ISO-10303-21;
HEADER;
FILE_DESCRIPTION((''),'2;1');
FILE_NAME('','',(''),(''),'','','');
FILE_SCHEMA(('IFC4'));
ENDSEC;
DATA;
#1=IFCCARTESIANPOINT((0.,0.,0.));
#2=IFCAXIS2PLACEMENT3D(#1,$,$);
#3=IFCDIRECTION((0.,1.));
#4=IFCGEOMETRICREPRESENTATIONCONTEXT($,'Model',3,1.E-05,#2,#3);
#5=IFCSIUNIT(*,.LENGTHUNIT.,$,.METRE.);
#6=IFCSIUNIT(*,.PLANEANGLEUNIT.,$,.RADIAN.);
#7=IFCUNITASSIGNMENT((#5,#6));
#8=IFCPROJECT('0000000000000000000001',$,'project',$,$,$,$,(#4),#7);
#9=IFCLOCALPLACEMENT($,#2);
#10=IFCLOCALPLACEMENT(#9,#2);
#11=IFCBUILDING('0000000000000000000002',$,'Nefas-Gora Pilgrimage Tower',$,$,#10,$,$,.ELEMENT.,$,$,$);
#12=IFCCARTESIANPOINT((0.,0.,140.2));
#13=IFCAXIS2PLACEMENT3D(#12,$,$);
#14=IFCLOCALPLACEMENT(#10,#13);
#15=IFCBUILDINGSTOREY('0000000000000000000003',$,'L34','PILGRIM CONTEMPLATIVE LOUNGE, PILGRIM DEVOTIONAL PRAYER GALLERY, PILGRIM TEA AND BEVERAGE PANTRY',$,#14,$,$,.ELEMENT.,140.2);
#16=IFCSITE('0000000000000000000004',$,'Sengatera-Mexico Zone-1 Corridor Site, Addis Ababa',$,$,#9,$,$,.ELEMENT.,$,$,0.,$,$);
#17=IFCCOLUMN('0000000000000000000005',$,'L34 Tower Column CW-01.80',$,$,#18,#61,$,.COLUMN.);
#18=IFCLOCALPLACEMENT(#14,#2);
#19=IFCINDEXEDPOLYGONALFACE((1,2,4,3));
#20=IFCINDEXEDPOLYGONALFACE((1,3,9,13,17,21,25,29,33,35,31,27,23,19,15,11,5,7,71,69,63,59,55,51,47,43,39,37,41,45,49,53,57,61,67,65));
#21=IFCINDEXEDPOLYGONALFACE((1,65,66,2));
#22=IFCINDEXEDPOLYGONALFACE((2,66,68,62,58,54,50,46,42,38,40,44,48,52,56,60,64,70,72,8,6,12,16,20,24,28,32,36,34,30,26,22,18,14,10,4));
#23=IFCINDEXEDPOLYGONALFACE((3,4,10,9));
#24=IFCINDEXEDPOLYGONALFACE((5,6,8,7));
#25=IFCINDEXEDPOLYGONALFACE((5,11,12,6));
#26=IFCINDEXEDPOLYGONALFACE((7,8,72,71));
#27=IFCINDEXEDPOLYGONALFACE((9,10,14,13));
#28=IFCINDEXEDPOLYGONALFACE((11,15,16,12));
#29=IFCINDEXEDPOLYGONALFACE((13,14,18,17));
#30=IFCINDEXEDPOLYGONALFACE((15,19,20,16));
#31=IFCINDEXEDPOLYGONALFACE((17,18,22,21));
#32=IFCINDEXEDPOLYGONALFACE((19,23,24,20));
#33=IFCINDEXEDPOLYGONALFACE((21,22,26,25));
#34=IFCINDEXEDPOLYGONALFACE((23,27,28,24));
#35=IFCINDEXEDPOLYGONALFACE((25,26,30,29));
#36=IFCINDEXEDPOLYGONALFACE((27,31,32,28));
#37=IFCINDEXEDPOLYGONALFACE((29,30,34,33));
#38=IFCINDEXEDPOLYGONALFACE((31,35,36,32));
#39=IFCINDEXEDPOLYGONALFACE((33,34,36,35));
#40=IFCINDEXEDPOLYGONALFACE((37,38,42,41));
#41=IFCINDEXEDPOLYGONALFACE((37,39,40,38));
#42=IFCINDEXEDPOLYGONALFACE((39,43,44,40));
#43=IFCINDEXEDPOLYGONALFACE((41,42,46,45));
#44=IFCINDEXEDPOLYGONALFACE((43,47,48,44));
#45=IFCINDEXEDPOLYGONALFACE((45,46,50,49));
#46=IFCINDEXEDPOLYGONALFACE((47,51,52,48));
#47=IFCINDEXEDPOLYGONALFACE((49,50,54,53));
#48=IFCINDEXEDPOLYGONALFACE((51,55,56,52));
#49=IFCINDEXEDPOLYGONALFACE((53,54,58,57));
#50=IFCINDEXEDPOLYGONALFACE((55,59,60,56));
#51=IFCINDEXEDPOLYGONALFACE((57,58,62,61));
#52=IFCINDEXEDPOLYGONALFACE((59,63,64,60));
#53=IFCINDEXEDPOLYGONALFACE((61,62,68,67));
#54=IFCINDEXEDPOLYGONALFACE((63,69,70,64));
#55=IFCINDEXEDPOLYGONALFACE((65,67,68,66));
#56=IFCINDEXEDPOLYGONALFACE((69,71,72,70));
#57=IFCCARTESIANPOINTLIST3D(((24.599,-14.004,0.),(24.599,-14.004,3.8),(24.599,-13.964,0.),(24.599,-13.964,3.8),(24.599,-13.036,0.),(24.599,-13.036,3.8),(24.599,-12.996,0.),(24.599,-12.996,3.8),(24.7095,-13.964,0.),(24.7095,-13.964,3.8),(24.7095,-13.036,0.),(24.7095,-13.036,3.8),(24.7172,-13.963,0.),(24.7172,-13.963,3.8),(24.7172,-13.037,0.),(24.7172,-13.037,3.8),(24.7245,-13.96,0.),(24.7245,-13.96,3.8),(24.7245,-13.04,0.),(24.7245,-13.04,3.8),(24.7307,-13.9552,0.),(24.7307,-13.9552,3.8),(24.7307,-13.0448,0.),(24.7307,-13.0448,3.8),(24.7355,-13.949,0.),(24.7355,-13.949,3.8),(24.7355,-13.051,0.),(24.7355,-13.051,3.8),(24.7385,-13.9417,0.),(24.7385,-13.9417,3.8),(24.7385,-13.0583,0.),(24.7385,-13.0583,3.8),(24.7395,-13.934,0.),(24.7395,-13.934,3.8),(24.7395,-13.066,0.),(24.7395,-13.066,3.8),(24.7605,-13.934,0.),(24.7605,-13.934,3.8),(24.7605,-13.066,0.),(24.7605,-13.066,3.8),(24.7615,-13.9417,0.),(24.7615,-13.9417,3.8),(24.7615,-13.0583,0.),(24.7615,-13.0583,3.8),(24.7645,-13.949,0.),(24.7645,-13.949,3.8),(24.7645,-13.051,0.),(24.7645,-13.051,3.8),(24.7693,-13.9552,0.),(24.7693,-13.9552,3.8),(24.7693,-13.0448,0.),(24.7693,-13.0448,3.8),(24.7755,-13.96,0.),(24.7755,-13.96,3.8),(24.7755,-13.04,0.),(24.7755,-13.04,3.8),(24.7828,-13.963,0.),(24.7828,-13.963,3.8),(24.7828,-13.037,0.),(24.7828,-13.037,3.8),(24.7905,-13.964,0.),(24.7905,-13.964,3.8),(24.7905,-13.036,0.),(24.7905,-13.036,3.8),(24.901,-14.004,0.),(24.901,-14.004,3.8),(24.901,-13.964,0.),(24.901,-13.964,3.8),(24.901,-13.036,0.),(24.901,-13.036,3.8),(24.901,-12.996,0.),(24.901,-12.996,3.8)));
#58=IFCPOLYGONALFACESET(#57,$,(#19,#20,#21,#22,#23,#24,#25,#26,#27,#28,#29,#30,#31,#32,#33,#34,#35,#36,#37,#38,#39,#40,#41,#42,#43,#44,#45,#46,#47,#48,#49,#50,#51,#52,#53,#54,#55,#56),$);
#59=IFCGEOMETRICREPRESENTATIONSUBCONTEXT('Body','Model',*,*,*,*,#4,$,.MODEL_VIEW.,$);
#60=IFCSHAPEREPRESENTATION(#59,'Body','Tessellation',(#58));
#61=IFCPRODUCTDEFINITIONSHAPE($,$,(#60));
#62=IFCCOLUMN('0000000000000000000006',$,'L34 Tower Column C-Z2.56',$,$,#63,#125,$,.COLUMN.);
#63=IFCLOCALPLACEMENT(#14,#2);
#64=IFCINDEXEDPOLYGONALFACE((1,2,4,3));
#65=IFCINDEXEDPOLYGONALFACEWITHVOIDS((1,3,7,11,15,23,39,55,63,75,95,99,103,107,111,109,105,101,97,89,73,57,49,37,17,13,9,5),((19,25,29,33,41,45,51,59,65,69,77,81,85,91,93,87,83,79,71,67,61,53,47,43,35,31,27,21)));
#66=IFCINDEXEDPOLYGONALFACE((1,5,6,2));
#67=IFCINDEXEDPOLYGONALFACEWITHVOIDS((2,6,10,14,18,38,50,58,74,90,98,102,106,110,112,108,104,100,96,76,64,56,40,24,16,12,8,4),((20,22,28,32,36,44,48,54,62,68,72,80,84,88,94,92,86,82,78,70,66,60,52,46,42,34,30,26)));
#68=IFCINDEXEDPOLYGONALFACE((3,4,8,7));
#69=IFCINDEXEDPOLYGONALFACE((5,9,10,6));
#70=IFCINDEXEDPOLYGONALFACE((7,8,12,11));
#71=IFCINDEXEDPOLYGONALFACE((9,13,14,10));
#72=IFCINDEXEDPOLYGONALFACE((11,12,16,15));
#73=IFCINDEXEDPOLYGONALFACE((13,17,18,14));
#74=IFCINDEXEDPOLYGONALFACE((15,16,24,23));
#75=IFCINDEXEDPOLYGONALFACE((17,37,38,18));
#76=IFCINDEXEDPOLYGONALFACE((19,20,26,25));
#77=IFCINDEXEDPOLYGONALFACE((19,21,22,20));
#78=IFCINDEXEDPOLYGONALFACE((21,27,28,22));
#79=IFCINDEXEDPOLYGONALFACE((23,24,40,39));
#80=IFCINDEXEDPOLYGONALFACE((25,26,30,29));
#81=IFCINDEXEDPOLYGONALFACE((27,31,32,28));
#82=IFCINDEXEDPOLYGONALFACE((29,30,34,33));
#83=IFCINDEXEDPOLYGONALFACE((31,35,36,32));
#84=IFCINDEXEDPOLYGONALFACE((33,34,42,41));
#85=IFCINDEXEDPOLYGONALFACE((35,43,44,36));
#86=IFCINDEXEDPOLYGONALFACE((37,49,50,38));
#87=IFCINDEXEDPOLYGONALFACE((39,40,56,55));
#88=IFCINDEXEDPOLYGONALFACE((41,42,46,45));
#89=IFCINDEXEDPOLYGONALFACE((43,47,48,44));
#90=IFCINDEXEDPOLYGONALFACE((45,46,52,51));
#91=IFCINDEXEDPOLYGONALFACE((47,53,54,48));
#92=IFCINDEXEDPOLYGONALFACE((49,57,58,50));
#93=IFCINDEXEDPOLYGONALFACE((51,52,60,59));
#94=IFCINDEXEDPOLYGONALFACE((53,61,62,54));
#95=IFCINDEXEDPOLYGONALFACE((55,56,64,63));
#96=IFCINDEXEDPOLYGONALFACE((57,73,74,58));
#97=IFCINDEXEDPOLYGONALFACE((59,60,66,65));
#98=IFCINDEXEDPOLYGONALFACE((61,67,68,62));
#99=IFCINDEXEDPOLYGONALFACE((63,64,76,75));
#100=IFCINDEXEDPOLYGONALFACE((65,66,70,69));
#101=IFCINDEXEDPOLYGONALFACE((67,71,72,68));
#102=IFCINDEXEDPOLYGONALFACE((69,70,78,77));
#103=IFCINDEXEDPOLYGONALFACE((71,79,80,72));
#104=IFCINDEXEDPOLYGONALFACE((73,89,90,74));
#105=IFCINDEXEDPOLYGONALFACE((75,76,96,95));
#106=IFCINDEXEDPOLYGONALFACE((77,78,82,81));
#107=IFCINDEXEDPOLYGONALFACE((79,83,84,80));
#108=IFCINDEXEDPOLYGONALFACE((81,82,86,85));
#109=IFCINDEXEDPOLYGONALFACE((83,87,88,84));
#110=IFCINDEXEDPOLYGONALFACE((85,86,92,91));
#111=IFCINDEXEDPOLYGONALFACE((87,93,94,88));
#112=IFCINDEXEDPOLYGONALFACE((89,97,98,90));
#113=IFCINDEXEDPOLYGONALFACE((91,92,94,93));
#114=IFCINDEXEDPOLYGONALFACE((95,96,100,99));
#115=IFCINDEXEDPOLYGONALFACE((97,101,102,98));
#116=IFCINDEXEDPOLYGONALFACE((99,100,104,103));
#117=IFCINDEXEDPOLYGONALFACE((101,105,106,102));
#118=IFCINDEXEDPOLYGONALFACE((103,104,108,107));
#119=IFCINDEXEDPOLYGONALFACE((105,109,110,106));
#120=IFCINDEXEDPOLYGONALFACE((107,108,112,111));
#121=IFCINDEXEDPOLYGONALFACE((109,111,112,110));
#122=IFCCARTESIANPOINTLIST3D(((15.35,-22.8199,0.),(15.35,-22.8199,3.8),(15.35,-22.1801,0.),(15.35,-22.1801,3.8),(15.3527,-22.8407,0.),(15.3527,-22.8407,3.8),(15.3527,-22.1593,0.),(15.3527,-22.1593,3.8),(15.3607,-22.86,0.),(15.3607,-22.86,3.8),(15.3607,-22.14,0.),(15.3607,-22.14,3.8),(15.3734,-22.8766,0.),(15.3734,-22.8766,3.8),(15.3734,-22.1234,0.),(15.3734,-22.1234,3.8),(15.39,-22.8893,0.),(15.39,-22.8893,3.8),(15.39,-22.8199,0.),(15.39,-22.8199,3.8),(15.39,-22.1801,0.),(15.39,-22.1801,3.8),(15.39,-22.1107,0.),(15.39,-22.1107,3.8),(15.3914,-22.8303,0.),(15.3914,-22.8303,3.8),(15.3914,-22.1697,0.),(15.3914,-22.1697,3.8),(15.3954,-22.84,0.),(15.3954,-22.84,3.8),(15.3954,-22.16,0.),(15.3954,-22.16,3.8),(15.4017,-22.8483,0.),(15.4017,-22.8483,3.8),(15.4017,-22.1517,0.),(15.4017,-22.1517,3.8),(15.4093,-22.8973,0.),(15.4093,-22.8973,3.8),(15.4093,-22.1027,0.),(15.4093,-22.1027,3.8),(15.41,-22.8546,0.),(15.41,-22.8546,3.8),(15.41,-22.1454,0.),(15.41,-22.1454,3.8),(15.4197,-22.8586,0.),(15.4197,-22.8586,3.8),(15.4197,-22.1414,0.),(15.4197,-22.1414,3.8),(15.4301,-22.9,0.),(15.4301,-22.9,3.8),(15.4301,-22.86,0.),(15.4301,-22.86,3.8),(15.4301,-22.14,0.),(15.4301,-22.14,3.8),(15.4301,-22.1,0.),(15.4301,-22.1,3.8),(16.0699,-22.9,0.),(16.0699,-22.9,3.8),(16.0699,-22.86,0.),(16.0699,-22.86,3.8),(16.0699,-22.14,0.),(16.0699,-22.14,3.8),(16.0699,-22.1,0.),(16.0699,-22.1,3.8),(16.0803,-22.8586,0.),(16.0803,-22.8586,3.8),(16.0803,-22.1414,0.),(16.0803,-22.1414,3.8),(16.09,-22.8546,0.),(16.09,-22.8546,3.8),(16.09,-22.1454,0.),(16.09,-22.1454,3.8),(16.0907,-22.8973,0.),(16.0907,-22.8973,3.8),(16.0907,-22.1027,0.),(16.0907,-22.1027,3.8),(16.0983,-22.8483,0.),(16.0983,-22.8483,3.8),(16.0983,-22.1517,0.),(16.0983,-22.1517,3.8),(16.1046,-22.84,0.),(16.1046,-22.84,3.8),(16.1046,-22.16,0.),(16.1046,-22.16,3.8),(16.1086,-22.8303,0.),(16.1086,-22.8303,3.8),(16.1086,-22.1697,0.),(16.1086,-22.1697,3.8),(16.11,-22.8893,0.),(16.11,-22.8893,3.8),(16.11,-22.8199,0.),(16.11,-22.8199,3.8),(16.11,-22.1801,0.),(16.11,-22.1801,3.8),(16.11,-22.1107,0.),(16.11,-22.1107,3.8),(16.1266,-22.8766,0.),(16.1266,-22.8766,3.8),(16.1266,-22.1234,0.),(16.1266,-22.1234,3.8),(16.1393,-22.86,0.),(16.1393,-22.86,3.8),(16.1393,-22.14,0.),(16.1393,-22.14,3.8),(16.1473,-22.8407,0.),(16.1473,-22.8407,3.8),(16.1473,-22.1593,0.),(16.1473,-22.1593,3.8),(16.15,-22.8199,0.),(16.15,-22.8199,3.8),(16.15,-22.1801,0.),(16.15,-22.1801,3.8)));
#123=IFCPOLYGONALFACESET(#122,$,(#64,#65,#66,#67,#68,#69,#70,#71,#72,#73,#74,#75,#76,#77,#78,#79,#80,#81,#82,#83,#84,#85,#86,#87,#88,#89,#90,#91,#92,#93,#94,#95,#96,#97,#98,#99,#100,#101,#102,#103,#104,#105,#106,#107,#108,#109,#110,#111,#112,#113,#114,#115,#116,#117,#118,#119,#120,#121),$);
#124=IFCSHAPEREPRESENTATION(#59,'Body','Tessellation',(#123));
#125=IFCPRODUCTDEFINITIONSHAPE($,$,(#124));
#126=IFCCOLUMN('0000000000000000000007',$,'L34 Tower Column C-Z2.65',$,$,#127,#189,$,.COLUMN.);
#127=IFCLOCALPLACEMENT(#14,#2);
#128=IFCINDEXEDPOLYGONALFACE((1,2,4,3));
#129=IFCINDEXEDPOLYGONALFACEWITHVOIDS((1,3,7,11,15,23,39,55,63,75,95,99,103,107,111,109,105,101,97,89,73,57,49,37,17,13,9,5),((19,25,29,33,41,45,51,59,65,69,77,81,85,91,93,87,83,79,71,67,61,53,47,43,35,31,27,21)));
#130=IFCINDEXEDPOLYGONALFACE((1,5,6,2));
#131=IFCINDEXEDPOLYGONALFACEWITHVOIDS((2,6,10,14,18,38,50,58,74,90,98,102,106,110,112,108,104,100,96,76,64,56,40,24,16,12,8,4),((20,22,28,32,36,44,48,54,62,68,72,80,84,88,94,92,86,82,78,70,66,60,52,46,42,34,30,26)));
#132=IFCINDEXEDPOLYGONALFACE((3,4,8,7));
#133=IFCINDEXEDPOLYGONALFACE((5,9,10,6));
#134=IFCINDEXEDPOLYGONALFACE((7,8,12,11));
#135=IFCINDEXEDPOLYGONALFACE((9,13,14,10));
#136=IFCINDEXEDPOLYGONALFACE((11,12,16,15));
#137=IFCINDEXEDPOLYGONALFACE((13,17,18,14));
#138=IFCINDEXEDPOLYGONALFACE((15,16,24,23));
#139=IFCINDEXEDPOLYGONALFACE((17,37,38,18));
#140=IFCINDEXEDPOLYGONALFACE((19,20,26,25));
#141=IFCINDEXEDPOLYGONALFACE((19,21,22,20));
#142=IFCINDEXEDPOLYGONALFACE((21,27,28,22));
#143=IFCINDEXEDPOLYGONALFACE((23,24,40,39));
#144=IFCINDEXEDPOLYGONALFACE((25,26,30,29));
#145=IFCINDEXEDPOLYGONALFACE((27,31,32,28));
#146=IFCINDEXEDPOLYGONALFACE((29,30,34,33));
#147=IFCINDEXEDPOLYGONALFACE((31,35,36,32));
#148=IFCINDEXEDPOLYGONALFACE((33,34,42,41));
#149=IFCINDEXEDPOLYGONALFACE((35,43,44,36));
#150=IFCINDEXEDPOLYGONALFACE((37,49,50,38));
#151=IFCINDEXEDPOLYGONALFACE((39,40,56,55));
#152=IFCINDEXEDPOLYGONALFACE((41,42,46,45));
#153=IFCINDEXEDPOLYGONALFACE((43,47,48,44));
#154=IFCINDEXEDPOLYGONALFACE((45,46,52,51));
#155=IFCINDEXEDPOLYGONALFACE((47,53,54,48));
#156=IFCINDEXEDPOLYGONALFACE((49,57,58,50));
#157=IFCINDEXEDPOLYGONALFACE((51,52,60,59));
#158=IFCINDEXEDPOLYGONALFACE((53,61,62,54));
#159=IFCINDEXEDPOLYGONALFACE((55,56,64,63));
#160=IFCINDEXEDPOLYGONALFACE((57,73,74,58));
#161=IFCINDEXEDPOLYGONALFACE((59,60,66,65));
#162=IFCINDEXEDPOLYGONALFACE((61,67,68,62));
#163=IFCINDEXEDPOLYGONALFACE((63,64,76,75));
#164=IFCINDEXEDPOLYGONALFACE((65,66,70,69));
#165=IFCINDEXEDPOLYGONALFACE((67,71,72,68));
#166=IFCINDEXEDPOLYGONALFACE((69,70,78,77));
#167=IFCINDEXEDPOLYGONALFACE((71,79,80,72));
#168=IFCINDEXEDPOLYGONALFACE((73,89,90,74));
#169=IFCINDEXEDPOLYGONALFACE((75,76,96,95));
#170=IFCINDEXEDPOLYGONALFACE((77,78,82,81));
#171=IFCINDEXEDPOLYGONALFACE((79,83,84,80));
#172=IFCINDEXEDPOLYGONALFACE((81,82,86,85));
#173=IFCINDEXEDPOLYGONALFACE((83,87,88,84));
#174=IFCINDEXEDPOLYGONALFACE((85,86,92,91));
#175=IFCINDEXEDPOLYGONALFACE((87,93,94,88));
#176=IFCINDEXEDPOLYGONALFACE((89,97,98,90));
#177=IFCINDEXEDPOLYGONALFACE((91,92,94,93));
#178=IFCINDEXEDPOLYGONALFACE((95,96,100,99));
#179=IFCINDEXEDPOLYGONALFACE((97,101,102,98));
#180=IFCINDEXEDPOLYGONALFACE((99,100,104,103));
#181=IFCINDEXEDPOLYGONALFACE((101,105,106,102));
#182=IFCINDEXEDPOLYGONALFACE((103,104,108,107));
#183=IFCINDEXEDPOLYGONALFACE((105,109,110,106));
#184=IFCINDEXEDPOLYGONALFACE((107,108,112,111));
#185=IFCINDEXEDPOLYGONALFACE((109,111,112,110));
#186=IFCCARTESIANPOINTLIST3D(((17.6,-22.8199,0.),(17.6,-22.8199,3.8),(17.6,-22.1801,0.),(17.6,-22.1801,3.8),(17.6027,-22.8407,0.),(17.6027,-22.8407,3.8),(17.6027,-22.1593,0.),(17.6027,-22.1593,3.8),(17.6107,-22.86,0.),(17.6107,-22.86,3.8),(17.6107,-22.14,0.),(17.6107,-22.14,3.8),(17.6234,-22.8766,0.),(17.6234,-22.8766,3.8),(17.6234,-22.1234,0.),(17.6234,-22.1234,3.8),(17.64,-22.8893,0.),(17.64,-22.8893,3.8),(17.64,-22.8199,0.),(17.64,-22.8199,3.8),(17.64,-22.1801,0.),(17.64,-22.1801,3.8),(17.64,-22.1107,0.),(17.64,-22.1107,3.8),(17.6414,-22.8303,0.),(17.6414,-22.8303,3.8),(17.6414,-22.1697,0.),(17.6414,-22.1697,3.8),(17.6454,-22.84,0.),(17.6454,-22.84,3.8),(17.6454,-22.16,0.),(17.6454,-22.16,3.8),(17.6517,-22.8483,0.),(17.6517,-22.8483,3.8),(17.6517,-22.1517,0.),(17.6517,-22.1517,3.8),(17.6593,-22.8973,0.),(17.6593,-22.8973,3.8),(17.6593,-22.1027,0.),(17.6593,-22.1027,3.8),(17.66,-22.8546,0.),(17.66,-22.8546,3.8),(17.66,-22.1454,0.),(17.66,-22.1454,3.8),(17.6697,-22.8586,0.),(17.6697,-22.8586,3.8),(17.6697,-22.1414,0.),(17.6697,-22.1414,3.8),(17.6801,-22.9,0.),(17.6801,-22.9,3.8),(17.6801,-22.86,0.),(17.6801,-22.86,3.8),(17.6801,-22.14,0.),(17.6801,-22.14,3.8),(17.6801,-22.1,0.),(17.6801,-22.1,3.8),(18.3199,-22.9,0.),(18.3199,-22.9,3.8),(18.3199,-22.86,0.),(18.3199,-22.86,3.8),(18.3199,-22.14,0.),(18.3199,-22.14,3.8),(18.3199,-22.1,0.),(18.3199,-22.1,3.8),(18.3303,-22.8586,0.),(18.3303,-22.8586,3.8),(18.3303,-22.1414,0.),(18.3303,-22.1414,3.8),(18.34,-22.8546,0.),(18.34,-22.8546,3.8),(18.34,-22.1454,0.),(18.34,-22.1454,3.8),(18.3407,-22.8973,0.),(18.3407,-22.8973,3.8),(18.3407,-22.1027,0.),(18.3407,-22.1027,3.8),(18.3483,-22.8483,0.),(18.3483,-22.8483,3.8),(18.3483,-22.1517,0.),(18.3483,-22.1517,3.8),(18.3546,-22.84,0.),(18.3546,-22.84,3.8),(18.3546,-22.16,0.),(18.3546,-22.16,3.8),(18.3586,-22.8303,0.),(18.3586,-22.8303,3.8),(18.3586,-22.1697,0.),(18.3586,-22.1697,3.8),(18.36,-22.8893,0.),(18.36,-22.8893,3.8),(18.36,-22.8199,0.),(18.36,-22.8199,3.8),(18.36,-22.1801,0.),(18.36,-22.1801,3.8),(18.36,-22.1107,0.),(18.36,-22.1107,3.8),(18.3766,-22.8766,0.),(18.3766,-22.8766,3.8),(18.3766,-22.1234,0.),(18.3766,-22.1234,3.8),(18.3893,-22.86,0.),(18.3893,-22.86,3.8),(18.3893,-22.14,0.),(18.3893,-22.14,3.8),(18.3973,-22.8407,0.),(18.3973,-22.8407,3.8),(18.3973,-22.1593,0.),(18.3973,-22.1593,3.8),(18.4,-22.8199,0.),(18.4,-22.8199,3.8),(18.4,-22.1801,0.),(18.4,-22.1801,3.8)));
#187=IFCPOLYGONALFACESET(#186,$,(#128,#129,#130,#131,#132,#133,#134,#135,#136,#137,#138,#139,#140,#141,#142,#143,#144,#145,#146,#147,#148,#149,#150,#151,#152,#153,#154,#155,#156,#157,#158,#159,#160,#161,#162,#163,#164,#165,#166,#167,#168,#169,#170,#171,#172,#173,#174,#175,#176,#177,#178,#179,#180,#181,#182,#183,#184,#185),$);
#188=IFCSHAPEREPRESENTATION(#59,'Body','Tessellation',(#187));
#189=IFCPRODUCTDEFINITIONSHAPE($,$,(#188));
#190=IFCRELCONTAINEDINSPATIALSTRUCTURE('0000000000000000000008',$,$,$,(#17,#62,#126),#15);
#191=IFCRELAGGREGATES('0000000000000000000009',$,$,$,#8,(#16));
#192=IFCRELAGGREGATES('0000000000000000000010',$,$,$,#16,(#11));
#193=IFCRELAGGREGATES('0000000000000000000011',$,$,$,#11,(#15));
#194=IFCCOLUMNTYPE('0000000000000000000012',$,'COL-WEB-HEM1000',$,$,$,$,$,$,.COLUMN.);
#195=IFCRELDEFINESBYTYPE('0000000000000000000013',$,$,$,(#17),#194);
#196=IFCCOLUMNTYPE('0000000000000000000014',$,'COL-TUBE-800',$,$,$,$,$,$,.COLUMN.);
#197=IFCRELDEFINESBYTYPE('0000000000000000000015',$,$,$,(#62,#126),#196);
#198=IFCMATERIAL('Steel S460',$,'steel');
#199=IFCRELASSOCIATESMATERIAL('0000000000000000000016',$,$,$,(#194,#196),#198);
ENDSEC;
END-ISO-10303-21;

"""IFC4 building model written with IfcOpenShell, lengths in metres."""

from ifc_helpers import new_model, si_unit, direction, frame, origin, origin_2d, place, context, subcontext, project, spatial, hollow_rectangle, i_section, extrude, source, transform, mapped, material, material_profile, profile_set, type_object, element, save


model = new_model("IFC4")

# Units and contexts
model_context = context("Model", 3, precision=1e-05, world=origin(), true_north=direction((0.0, 1.0)))
body_context = subcontext(model_context, "Body", "Model", "MODEL_VIEW")
ifc_project = project(units=[si_unit("LENGTHUNIT", "METRE"), si_unit("PLANEANGLEUNIT", "RADIAN")], contexts=[model_context])

# Site, building, storey
site_placement = place(None, origin())
site = spatial("IfcSite", under=ifc_project, at=site_placement, Name="Sengatera-Mexico Zone-1 Corridor Site, Addis Ababa", CompositionType="ELEMENT", RefElevation=0.0)
building_placement = place(site_placement, origin())
building = spatial("IfcBuilding", under=site, at=building_placement, Name="Nefas-Gora Pilgrimage Tower", CompositionType="ELEMENT")
storey_placement = place(building_placement, frame((0.0, 0.0, 140.2)))
storey = spatial("IfcBuildingStorey", under=building, at=storey_placement, Name="L34", Description="PILGRIM CONTEMPLATIVE LOUNGE, PILGRIM DEVOTIONAL PRAYER GALLERY, PILGRIM TEA AND BEVERAGE PANTRY", CompositionType="ELEMENT", Elevation=140.2)

# Columns
ifc_material_1 = material(Name="Steel S460", Category="steel")
ifc_material_profile_1 = material_profile(ifc_material_1, i_section(OverallWidth=0.302, OverallDepth=1.0081, WebThickness=0.021, FlangeThickness=0.04, FilletRadius=0.03, at=origin_2d()), Name="HEM 1000")
ifc_profile_set_1 = profile_set([ifc_material_profile_1], Name="Steel S460")
column_type_1 = type_object("IfcColumnType", Name="COL-WEB-HEM1000", PredefinedType="COLUMN", material=ifc_profile_set_1)
shared_shape_1 = source(origin(), body_context, "Body", "SweptSolid", [
    extrude(i_section(OverallWidth=0.302, OverallDepth=1.0081, WebThickness=0.021, FlangeThickness=0.04, FilletRadius=0.03, at=origin_2d()), origin(), (0.0, 0.0, 1.0), 3.8),
])
for number, where, z_axis, x_axis, name in (
    (1, (24.75, -13.5, 0.0), (0.0, 0.0, 1.0), (1.0, 0.0, 0.0), "L34 Tower Column CW-01.80"),
):
    element("IfcColumn", number, at=place(storey_placement, frame(where, z_axis=z_axis, x_axis=x_axis)), inside=storey, type_object=column_type_1, Name=name, PredefinedType="COLUMN", context=body_context, shape_type="MappedRepresentation", body=[
        mapped(shared_shape_1, transform((0.0, 0.0, 0.0), x_axis=(1.0, 0.0, 0.0), y_axis=(0.0, 1.0, 0.0), z_axis=(0.0, 0.0, 1.0), scale=1.0)),
    ])
ifc_material_profile_2 = material_profile(ifc_material_1, hollow_rectangle(XDim=0.8, YDim=0.8, WallThickness=0.04, InnerFilletRadius=0.04, OuterFilletRadius=0.0801, at=origin_2d()), Name="BOX 800x800x40")
ifc_profile_set_2 = profile_set([ifc_material_profile_2], Name="Steel S460")
column_type_2 = type_object("IfcColumnType", Name="COL-TUBE-800", PredefinedType="COLUMN", material=ifc_profile_set_2)
shared_shape_2 = source(origin(), body_context, "Body", "SweptSolid", [
    extrude(hollow_rectangle(XDim=0.8, YDim=0.8, WallThickness=0.04, InnerFilletRadius=0.04, OuterFilletRadius=0.0801, at=origin_2d()), origin(), (0.0, 0.0, 1.0), 3.8),
])
for number, where, z_axis, x_axis, name in (
    (2, (15.75, -22.5, 0.0), (0.0, 0.0, 1.0), (1.0, 0.0, 0.0), "L34 Tower Column C-Z2.56"),
    (3, (18.0, -22.5, 0.0), (0.0, 0.0, 1.0), (1.0, 0.0, 0.0), "L34 Tower Column C-Z2.65"),
):
    element("IfcColumn", number, at=place(storey_placement, frame(where, z_axis=z_axis, x_axis=x_axis)), inside=storey, type_object=column_type_2, Name=name, PredefinedType="COLUMN", context=body_context, shape_type="MappedRepresentation", body=[
        mapped(shared_shape_2, transform((0.0, 0.0, 0.0), x_axis=(1.0, 0.0, 0.0), y_axis=(0.0, 1.0, 0.0), z_axis=(0.0, 0.0, 1.0), scale=1.0)),
    ])

save(model, "model.ifc")
